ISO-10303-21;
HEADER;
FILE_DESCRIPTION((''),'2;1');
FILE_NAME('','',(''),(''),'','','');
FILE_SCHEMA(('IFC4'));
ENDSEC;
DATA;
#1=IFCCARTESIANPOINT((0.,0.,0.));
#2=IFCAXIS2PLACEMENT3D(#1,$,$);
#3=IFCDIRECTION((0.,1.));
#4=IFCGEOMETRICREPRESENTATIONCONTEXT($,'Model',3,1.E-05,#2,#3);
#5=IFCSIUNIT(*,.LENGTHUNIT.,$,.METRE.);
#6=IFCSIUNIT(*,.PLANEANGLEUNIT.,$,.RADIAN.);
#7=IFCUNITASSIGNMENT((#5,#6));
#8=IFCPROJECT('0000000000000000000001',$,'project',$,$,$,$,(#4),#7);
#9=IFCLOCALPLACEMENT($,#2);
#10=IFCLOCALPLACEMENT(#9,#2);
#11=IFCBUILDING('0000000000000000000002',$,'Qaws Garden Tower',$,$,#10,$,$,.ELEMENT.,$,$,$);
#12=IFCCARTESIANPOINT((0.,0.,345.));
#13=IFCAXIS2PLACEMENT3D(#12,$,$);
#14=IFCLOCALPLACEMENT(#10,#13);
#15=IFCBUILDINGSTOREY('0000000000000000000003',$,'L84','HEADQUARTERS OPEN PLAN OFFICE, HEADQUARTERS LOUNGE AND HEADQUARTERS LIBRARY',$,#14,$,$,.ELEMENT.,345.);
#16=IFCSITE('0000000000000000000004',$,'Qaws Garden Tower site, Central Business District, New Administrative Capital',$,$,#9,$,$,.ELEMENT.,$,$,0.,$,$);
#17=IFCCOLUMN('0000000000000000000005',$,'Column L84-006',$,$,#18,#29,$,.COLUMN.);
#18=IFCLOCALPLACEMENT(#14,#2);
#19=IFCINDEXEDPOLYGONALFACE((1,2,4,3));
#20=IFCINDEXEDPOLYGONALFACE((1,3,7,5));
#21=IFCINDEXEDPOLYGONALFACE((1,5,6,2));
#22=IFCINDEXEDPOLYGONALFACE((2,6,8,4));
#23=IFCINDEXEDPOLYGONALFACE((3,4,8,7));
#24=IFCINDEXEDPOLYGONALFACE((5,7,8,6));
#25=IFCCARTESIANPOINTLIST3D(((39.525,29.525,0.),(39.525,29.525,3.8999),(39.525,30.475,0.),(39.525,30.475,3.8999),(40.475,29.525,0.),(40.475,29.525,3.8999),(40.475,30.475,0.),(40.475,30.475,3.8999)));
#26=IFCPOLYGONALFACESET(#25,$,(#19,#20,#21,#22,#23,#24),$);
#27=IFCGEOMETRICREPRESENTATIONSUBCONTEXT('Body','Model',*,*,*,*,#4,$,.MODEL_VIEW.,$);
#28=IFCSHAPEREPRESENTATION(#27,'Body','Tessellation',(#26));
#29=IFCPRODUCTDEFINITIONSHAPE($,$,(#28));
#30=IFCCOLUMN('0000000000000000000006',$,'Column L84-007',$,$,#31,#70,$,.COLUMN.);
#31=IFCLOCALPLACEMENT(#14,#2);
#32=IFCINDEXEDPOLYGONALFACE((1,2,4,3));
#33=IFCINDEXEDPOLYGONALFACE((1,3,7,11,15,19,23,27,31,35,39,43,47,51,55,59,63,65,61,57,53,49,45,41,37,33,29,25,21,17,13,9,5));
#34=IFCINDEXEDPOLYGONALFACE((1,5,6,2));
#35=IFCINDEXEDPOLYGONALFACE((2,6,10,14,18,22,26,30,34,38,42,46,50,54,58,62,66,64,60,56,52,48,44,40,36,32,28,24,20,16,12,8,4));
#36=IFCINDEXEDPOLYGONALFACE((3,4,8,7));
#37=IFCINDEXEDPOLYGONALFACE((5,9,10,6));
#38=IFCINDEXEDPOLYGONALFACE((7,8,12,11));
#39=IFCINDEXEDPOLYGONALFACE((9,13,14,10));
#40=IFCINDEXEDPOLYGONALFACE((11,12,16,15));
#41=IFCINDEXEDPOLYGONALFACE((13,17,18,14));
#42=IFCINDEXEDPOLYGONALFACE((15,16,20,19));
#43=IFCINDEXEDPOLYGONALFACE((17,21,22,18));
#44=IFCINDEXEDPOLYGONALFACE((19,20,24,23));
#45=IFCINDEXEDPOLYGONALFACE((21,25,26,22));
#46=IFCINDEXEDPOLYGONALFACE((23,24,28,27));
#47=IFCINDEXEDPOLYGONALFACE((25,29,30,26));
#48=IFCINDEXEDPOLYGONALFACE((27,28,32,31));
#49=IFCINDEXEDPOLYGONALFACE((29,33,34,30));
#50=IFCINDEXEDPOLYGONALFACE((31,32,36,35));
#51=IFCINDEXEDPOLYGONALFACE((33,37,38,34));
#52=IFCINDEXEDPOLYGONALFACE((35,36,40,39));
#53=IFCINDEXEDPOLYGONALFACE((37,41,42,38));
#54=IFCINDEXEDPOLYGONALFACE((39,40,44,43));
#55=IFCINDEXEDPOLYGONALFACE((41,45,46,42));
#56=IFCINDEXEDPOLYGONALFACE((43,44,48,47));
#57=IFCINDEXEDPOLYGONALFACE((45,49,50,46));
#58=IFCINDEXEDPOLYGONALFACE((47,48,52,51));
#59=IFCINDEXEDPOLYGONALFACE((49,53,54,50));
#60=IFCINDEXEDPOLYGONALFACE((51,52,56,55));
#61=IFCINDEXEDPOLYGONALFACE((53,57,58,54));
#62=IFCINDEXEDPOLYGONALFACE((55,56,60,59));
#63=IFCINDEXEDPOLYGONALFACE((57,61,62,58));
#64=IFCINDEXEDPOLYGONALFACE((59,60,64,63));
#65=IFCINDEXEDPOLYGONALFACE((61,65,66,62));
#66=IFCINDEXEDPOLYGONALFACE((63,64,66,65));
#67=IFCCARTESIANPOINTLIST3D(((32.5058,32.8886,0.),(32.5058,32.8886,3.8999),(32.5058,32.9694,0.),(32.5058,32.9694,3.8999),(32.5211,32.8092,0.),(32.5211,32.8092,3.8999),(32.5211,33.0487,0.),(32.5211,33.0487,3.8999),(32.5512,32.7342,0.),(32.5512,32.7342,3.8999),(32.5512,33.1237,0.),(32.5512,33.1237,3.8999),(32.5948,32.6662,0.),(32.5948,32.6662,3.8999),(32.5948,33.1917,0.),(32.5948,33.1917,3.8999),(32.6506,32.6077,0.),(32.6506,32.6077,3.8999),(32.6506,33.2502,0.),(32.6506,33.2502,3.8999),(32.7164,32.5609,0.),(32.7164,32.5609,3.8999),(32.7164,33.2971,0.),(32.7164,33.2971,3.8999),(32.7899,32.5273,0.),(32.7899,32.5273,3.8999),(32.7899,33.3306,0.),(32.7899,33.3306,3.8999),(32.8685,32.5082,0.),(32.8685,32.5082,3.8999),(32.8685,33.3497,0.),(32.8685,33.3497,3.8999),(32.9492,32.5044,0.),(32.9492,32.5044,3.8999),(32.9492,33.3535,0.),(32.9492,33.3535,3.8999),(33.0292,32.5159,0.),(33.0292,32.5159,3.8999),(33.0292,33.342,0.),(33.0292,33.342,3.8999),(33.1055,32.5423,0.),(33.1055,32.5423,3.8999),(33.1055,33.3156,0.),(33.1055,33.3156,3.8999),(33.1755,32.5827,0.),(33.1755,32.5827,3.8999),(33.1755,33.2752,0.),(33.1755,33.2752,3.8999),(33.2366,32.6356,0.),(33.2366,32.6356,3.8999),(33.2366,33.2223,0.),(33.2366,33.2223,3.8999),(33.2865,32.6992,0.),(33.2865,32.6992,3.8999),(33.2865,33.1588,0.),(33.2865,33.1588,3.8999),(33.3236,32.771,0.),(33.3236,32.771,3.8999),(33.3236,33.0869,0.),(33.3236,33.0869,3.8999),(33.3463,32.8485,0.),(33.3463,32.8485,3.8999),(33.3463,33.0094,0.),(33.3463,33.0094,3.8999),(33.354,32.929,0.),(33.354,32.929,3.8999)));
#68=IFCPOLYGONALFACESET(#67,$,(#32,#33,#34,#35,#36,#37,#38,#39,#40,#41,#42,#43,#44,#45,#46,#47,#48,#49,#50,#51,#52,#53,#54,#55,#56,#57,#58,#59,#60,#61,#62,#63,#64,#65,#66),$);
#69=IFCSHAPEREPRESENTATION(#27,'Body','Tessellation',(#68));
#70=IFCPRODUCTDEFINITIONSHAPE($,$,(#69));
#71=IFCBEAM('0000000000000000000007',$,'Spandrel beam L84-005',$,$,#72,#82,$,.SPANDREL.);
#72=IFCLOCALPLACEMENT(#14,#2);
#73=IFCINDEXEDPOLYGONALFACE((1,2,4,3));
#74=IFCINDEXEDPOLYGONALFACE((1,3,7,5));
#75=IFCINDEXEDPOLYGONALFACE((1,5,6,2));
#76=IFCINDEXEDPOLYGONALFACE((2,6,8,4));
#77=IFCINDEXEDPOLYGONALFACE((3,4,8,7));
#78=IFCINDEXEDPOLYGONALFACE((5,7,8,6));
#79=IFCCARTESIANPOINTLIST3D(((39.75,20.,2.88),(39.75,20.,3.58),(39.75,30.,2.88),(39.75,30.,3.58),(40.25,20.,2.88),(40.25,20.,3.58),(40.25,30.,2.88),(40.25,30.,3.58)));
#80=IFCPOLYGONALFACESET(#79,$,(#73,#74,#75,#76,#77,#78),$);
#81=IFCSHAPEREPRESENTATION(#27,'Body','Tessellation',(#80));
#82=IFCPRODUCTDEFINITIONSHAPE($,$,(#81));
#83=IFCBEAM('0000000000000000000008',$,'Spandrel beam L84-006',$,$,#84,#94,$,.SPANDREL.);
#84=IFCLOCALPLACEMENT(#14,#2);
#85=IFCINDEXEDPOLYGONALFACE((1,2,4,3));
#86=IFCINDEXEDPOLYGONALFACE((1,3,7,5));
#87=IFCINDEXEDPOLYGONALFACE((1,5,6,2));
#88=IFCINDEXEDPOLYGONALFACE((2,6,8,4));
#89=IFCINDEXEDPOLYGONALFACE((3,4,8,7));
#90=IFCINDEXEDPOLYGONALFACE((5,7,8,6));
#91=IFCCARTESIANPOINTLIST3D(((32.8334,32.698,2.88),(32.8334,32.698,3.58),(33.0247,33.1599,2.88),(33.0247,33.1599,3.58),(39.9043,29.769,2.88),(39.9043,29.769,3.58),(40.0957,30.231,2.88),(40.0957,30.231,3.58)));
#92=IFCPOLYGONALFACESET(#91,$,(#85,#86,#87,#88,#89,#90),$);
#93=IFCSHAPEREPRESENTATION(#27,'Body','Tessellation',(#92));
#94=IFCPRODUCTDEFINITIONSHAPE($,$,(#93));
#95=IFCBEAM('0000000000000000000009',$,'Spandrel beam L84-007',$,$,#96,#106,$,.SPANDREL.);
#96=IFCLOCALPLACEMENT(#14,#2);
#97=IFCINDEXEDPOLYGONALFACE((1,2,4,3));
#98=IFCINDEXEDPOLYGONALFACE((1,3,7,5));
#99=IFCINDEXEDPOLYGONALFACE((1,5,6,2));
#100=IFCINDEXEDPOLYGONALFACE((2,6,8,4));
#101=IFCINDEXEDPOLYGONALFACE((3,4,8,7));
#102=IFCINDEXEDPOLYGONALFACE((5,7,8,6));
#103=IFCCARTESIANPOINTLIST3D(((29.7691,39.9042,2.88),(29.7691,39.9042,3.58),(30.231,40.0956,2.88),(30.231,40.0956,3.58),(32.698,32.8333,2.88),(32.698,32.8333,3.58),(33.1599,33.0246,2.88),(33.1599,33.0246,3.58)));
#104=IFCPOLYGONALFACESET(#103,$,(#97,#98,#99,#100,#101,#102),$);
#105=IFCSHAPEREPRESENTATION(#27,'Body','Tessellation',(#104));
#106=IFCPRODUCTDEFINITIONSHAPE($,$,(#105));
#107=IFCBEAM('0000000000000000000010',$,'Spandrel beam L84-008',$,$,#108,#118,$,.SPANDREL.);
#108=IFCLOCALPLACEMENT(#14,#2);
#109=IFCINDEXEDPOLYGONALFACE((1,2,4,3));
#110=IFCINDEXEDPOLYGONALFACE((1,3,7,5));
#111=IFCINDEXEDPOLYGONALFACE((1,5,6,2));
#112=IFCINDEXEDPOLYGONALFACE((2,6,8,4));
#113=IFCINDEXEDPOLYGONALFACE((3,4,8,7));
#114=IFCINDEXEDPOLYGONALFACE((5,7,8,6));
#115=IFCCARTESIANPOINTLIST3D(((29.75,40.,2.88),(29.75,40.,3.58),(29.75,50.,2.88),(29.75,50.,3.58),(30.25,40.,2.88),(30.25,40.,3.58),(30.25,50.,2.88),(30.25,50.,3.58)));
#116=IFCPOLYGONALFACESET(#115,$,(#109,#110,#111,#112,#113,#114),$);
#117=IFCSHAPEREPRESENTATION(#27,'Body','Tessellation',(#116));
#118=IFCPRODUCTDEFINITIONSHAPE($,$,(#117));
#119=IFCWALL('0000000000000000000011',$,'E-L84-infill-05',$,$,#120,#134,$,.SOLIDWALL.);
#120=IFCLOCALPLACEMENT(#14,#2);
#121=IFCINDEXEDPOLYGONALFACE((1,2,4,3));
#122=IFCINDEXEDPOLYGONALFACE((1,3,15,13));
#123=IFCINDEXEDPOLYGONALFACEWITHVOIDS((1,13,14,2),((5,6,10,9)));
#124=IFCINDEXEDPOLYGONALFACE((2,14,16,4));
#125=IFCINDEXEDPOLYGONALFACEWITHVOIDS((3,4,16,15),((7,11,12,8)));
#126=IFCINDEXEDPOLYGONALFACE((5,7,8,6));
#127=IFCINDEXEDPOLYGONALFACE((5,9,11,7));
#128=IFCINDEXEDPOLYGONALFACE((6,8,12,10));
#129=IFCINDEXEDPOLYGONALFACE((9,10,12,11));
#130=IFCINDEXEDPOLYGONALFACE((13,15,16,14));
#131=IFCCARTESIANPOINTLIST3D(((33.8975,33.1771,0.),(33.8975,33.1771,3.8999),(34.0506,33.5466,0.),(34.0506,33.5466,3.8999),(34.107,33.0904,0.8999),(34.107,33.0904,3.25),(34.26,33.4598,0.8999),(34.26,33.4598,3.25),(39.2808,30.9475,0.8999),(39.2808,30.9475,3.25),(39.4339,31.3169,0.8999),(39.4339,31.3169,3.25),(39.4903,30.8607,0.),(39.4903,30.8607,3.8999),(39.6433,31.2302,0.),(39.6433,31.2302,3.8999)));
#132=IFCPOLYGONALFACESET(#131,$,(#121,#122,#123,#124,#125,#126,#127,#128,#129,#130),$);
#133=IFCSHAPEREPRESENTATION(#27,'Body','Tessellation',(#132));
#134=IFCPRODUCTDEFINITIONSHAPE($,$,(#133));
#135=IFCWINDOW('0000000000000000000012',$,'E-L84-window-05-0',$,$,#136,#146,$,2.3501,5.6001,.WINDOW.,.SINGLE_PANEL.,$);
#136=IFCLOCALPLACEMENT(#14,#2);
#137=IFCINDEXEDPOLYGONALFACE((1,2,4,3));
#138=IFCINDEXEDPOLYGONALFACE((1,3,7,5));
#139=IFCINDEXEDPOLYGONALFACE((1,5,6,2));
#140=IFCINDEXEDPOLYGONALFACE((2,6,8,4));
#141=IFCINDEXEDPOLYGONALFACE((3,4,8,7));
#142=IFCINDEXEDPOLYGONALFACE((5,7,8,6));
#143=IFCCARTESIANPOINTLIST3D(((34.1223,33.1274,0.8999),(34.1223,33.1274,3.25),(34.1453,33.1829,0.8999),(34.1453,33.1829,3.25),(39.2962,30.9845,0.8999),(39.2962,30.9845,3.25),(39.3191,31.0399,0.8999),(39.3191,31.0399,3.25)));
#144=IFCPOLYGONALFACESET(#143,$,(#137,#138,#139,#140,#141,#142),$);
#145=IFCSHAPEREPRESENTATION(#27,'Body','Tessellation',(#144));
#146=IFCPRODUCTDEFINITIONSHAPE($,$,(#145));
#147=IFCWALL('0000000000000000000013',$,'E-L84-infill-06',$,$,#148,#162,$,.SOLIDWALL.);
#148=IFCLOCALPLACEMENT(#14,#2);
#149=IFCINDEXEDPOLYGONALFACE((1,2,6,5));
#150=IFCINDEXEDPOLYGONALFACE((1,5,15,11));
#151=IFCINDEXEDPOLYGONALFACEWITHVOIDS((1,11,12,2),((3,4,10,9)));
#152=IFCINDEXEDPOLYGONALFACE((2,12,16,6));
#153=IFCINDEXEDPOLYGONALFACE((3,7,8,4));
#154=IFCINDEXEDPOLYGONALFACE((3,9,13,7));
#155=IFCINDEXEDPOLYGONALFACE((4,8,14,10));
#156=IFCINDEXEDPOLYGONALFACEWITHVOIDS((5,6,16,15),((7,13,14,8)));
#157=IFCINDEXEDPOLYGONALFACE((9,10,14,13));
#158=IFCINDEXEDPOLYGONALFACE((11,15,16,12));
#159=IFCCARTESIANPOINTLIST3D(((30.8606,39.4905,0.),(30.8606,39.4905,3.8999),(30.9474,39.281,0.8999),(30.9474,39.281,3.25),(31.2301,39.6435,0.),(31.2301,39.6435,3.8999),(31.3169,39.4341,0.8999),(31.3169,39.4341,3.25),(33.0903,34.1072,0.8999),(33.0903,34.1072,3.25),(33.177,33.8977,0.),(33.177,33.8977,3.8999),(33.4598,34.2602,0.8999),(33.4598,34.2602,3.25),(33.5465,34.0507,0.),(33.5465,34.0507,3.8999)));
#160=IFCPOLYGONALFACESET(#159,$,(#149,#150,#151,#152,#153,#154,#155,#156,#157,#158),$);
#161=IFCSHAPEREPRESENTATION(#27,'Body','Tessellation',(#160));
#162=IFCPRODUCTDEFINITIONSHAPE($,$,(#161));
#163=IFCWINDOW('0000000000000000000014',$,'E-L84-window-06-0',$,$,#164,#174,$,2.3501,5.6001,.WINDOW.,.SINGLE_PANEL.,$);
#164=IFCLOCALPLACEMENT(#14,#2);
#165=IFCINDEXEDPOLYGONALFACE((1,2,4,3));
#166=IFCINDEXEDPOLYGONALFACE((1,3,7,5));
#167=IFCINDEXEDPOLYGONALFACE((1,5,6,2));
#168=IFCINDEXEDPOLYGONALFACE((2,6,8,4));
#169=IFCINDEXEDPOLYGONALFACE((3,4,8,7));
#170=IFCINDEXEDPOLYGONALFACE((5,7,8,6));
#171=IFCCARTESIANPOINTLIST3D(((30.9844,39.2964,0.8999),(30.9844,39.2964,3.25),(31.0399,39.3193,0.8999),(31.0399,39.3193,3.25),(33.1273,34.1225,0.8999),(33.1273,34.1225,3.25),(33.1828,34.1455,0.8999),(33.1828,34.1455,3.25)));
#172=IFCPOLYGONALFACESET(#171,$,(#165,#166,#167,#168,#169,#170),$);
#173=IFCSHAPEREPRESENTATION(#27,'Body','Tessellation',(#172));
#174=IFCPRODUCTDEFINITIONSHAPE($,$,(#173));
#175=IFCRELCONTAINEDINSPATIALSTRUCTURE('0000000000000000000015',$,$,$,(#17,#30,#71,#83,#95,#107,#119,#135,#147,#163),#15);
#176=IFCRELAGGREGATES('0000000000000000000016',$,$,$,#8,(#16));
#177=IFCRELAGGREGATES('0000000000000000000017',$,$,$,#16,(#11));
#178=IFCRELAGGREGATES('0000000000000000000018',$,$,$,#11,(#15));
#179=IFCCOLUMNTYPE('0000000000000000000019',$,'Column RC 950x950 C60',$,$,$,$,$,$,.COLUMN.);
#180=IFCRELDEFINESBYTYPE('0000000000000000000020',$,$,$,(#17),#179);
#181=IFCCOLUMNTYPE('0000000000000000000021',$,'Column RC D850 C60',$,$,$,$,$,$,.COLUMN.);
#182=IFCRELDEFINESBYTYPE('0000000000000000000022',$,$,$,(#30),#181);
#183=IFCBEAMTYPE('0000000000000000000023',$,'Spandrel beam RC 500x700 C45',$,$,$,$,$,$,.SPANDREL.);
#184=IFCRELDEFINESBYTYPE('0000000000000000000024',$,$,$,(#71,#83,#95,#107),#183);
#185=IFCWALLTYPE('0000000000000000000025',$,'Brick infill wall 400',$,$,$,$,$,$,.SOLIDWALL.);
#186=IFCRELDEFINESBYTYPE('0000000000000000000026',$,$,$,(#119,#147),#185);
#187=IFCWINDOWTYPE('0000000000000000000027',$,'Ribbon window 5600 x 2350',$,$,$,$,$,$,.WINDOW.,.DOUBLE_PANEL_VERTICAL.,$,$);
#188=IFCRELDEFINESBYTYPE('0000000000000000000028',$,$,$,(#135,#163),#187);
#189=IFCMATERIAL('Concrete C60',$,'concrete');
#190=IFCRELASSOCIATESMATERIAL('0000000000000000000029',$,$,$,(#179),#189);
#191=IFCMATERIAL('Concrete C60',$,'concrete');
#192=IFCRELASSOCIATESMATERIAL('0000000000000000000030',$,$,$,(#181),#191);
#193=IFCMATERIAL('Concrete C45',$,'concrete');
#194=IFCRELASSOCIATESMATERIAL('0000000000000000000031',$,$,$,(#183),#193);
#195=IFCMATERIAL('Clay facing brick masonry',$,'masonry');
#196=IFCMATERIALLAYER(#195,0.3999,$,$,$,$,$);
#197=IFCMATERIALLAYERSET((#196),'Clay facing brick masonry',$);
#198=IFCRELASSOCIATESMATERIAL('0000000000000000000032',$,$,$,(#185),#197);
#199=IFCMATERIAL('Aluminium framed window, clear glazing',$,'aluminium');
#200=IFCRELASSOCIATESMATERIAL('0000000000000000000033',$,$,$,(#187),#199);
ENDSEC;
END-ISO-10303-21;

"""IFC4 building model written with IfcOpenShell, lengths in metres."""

from ifc_helpers import new_model, si_unit, direction, frame, frame_2d, origin, origin_2d, place, context, subcontext, project, spatial, rectangle, circle, extrude, material, layer, layer_set, material_profile, profile_set, type_object, element, fill, save


model = new_model("IFC4")

# Units and contexts
model_context = context("Model", 3, precision=1e-05, world=origin(), true_north=direction((0.0, 1.0)))
body_context = subcontext(model_context, "Body", "Model", "MODEL_VIEW")
ifc_project = project(units=[si_unit("LENGTHUNIT", "METRE"), si_unit("PLANEANGLEUNIT", "RADIAN")], contexts=[model_context])

# Site, building, storey
site_placement = place(None, origin())
site = spatial("IfcSite", under=ifc_project, at=site_placement, Name="Qaws Garden Tower site, Central Business District, New Administrative Capital", CompositionType="ELEMENT", RefElevation=0.0)
building_placement = place(site_placement, origin())
building = spatial("IfcBuilding", under=site, at=building_placement, Name="Qaws Garden Tower", CompositionType="ELEMENT")
storey_placement = place(building_placement, frame((0.0, 0.0, 345.0)))
storey = spatial("IfcBuildingStorey", under=building, at=storey_placement, Name="L84", Description="HEADQUARTERS OPEN PLAN OFFICE, HEADQUARTERS LOUNGE AND HEADQUARTERS LIBRARY", CompositionType="ELEMENT", Elevation=345.0)

# Columns
ifc_material_1 = material(Name="Concrete C60", Category="concrete")
ifc_material_profile_1 = material_profile(ifc_material_1, rectangle(XDim=0.95, YDim=0.95, at=origin_2d()), Name="RC 950x950")
ifc_profile_set_1 = profile_set([ifc_material_profile_1], Name="Concrete C60")
column_type_1 = type_object("IfcColumnType", Name="Column RC 950x950 C60", PredefinedType="COLUMN", material=ifc_profile_set_1)
column_1_placement = place(storey_placement, frame((40.0, 30.0, 0.0), z_axis=(0.0, 0.0, 1.0), x_axis=(1.0, 0.0, 0.0)))
element("IfcColumn", 1, at=column_1_placement, inside=storey, type_object=column_type_1, Name="Column L84-006", PredefinedType="COLUMN", context=body_context, shape_type="SweptSolid", body=[
    extrude(rectangle(XDim=0.95, YDim=0.95, at=origin_2d()), origin(), (0.0, 0.0, 1.0), 3.8999),
])
ifc_material_2 = material(Name="Concrete C60", Category="concrete")
ifc_material_profile_2 = material_profile(ifc_material_2, circle(Radius=0.425, at=origin_2d()), Name="RC D850")
ifc_profile_set_2 = profile_set([ifc_material_profile_2], Name="Concrete C60")
column_type_2 = type_object("IfcColumnType", Name="Column RC D850 C60", PredefinedType="COLUMN", material=ifc_profile_set_2)
column_2_placement = place(storey_placement, frame((32.929, 32.929, 0.0), z_axis=(0.0, 0.0, 1.0), x_axis=(1.0, 0.0, 0.0)))
element("IfcColumn", 2, at=column_2_placement, inside=storey, type_object=column_type_2, Name="Column L84-007", PredefinedType="COLUMN", context=body_context, shape_type="SweptSolid", body=[
    extrude(circle(Radius=0.425, at=origin_2d()), origin(), (0.0, 0.0, 1.0), 3.8999),
])

# Beams
ifc_material_3 = material(Name="Concrete C45", Category="concrete")
ifc_material_profile_3 = material_profile(ifc_material_3, rectangle(XDim=0.5, YDim=0.7, at=origin_2d()), Name="RC 500x700")
ifc_profile_set_3 = profile_set([ifc_material_profile_3], Name="Concrete C45")
beam_type = type_object("IfcBeamType", Name="Spandrel beam RC 500x700 C45", PredefinedType="SPANDREL", material=ifc_profile_set_3)
beam_1_placement = place(storey_placement, frame((40.0, 20.0, 3.23), z_axis=(0.0, 1.0, 0.0), x_axis=(-1.0, 0.0, 0.0)))
element("IfcBeam", 3, at=beam_1_placement, inside=storey, type_object=beam_type, Name="Spandrel beam L84-005", PredefinedType="SPANDREL", context=body_context, shape_type="SweptSolid", body=[
    extrude(rectangle(XDim=0.5, YDim=0.7, at=origin_2d()), origin(), (0.0, 0.0, 1.0), 10.0),
])
for number, where, z_axis, x_axis, name in (
    (4, (40.0, 30.0, 3.23), (-0.923878, 0.382687, 0.0), (-0.382687, -0.923878, 0.0), "Spandrel beam L84-006"),
    (5, (32.929, 32.929, 3.23), (-0.382687, 0.923878, 0.0), (-0.923878, -0.382687, 0.0), "Spandrel beam L84-007"),
):
    element("IfcBeam", number, at=place(storey_placement, frame(where, z_axis=z_axis, x_axis=x_axis)), inside=storey, type_object=beam_type, Name=name, PredefinedType="SPANDREL", context=body_context, shape_type="SweptSolid", body=[
        extrude(rectangle(XDim=0.5, YDim=0.7, at=origin_2d()), origin(), (0.0, 0.0, 1.0), 7.6536),
    ])
beam_2_placement = place(storey_placement, frame((30.0, 40.0, 3.23), z_axis=(0.0, 1.0, 0.0), x_axis=(-1.0, 0.0, 0.0)))
element("IfcBeam", 6, at=beam_2_placement, inside=storey, type_object=beam_type, Name="Spandrel beam L84-008", PredefinedType="SPANDREL", context=body_context, shape_type="SweptSolid", body=[
    extrude(rectangle(XDim=0.5, YDim=0.7, at=origin_2d()), origin(), (0.0, 0.0, 1.0), 10.0),
])

# Walls, openings, windows
ifc_material_4 = material(Name="Clay facing brick masonry", Category="masonry")
ifc_layer_1 = layer(ifc_material_4, 0.3999)
ifc_layer_set_1 = layer_set([ifc_layer_1], Name="Clay facing brick masonry")
wall_type_1 = type_object("IfcWallType", Name="Brick infill wall 400", PredefinedType="SOLIDWALL", material=ifc_layer_set_1)
wall_1_placement = place(storey_placement, frame((39.5669, 31.0454, 0.0), z_axis=(0.0, 0.0, 1.0), x_axis=(-0.923891, 0.382656, 0.0)))
wall_1 = element("IfcWall", 7, at=wall_1_placement, inside=storey, type_object=wall_type_1, Name="E-L84-infill-05", PredefinedType="SOLIDWALL", context=body_context, shape_type="SweptSolid", body=[
    extrude(rectangle(XDim=6.0535, YDim=0.3999, at=frame_2d((3.0269, 0.0))), origin(), (0.0, 0.0, 1.0), 3.8999),
])
opening_1_placement = place(wall_1_placement, frame((0.2268, 0.0, 0.8999)))
opening_1 = element("IfcOpeningElement", 8, at=opening_1_placement, cuts=wall_1, PredefinedType="OPENING", context=body_context, shape_type="SweptSolid", body=[
    extrude(rectangle(XDim=5.6001, YDim=2.3501, at=frame_2d((2.8, 1.175))), frame((0.0, 0.21, 0.0), z_axis=(0.0, -1.0, 0.0), x_axis=(1.0, 0.0, 0.0)), (0.0, 0.0, 1.0), 0.4199),
])
ifc_material_5 = material(Name="Aluminium framed window, clear glazing", Category="aluminium")
window_type_1 = type_object("IfcWindowType", Name="Ribbon window 5600 x 2350", PartitioningType="DOUBLE_PANEL_VERTICAL", PredefinedType="WINDOW", material=ifc_material_5)
window_1_placement = place(opening_1_placement, origin())
window_1 = element("IfcWindow", 9, at=window_1_placement, inside=storey, type_object=window_type_1, Name="E-L84-window-05-0", OverallHeight=2.3501, OverallWidth=5.6001, PartitioningType="SINGLE_PANEL", PredefinedType="WINDOW", context=body_context, shape_type="SweptSolid", body=[
    extrude(rectangle(XDim=5.6001, YDim=2.3501, at=frame_2d((2.8, 1.175))), frame((0.0, 0.1599, 0.0), z_axis=(0.0, -1.0, 0.0), x_axis=(1.0, 0.0, 0.0)), (0.0, 0.0, 1.0), 0.0601),
])
fill(opening_1, window_1)
wall_2_placement = place(storey_placement, frame((33.3618, 33.9741, 0.0), z_axis=(0.0, 0.0, 1.0), x_axis=(-0.382656, 0.923891, 0.0)))
wall_2 = element("IfcWall", 10, at=wall_2_placement, inside=storey, type_object=wall_type_1, Name="E-L84-infill-06", PredefinedType="SOLIDWALL", context=body_context, shape_type="SweptSolid", body=[
    extrude(rectangle(XDim=6.0535, YDim=0.3999, at=frame_2d((3.0269, 0.0))), origin(), (0.0, 0.0, 1.0), 3.8999),
])
opening_2_placement = place(wall_2_placement, frame((0.2268, 0.0, 0.8999)))
opening_2 = element("IfcOpeningElement", 11, at=opening_2_placement, cuts=wall_2, PredefinedType="OPENING", context=body_context, shape_type="SweptSolid", body=[
    extrude(rectangle(XDim=5.6001, YDim=2.3501, at=frame_2d((2.8, 1.175))), frame((0.0, 0.21, 0.0), z_axis=(0.0, -1.0, 0.0), x_axis=(1.0, 0.0, 0.0)), (0.0, 0.0, 1.0), 0.4199),
])
window_2_placement = place(opening_2_placement, origin())
window_2 = element("IfcWindow", 12, at=window_2_placement, inside=storey, type_object=window_type_1, Name="E-L84-window-06-0", OverallHeight=2.3501, OverallWidth=5.6001, PartitioningType="SINGLE_PANEL", PredefinedType="WINDOW", context=body_context, shape_type="SweptSolid", body=[
    extrude(rectangle(XDim=5.6001, YDim=2.3501, at=frame_2d((2.8, 1.175))), frame((0.0, 0.1599, 0.0), z_axis=(0.0, -1.0, 0.0), x_axis=(1.0, 0.0, 0.0)), (0.0, 0.0, 1.0), 0.0601),
])
fill(opening_2, window_2)

save(model, "model.ifc")
